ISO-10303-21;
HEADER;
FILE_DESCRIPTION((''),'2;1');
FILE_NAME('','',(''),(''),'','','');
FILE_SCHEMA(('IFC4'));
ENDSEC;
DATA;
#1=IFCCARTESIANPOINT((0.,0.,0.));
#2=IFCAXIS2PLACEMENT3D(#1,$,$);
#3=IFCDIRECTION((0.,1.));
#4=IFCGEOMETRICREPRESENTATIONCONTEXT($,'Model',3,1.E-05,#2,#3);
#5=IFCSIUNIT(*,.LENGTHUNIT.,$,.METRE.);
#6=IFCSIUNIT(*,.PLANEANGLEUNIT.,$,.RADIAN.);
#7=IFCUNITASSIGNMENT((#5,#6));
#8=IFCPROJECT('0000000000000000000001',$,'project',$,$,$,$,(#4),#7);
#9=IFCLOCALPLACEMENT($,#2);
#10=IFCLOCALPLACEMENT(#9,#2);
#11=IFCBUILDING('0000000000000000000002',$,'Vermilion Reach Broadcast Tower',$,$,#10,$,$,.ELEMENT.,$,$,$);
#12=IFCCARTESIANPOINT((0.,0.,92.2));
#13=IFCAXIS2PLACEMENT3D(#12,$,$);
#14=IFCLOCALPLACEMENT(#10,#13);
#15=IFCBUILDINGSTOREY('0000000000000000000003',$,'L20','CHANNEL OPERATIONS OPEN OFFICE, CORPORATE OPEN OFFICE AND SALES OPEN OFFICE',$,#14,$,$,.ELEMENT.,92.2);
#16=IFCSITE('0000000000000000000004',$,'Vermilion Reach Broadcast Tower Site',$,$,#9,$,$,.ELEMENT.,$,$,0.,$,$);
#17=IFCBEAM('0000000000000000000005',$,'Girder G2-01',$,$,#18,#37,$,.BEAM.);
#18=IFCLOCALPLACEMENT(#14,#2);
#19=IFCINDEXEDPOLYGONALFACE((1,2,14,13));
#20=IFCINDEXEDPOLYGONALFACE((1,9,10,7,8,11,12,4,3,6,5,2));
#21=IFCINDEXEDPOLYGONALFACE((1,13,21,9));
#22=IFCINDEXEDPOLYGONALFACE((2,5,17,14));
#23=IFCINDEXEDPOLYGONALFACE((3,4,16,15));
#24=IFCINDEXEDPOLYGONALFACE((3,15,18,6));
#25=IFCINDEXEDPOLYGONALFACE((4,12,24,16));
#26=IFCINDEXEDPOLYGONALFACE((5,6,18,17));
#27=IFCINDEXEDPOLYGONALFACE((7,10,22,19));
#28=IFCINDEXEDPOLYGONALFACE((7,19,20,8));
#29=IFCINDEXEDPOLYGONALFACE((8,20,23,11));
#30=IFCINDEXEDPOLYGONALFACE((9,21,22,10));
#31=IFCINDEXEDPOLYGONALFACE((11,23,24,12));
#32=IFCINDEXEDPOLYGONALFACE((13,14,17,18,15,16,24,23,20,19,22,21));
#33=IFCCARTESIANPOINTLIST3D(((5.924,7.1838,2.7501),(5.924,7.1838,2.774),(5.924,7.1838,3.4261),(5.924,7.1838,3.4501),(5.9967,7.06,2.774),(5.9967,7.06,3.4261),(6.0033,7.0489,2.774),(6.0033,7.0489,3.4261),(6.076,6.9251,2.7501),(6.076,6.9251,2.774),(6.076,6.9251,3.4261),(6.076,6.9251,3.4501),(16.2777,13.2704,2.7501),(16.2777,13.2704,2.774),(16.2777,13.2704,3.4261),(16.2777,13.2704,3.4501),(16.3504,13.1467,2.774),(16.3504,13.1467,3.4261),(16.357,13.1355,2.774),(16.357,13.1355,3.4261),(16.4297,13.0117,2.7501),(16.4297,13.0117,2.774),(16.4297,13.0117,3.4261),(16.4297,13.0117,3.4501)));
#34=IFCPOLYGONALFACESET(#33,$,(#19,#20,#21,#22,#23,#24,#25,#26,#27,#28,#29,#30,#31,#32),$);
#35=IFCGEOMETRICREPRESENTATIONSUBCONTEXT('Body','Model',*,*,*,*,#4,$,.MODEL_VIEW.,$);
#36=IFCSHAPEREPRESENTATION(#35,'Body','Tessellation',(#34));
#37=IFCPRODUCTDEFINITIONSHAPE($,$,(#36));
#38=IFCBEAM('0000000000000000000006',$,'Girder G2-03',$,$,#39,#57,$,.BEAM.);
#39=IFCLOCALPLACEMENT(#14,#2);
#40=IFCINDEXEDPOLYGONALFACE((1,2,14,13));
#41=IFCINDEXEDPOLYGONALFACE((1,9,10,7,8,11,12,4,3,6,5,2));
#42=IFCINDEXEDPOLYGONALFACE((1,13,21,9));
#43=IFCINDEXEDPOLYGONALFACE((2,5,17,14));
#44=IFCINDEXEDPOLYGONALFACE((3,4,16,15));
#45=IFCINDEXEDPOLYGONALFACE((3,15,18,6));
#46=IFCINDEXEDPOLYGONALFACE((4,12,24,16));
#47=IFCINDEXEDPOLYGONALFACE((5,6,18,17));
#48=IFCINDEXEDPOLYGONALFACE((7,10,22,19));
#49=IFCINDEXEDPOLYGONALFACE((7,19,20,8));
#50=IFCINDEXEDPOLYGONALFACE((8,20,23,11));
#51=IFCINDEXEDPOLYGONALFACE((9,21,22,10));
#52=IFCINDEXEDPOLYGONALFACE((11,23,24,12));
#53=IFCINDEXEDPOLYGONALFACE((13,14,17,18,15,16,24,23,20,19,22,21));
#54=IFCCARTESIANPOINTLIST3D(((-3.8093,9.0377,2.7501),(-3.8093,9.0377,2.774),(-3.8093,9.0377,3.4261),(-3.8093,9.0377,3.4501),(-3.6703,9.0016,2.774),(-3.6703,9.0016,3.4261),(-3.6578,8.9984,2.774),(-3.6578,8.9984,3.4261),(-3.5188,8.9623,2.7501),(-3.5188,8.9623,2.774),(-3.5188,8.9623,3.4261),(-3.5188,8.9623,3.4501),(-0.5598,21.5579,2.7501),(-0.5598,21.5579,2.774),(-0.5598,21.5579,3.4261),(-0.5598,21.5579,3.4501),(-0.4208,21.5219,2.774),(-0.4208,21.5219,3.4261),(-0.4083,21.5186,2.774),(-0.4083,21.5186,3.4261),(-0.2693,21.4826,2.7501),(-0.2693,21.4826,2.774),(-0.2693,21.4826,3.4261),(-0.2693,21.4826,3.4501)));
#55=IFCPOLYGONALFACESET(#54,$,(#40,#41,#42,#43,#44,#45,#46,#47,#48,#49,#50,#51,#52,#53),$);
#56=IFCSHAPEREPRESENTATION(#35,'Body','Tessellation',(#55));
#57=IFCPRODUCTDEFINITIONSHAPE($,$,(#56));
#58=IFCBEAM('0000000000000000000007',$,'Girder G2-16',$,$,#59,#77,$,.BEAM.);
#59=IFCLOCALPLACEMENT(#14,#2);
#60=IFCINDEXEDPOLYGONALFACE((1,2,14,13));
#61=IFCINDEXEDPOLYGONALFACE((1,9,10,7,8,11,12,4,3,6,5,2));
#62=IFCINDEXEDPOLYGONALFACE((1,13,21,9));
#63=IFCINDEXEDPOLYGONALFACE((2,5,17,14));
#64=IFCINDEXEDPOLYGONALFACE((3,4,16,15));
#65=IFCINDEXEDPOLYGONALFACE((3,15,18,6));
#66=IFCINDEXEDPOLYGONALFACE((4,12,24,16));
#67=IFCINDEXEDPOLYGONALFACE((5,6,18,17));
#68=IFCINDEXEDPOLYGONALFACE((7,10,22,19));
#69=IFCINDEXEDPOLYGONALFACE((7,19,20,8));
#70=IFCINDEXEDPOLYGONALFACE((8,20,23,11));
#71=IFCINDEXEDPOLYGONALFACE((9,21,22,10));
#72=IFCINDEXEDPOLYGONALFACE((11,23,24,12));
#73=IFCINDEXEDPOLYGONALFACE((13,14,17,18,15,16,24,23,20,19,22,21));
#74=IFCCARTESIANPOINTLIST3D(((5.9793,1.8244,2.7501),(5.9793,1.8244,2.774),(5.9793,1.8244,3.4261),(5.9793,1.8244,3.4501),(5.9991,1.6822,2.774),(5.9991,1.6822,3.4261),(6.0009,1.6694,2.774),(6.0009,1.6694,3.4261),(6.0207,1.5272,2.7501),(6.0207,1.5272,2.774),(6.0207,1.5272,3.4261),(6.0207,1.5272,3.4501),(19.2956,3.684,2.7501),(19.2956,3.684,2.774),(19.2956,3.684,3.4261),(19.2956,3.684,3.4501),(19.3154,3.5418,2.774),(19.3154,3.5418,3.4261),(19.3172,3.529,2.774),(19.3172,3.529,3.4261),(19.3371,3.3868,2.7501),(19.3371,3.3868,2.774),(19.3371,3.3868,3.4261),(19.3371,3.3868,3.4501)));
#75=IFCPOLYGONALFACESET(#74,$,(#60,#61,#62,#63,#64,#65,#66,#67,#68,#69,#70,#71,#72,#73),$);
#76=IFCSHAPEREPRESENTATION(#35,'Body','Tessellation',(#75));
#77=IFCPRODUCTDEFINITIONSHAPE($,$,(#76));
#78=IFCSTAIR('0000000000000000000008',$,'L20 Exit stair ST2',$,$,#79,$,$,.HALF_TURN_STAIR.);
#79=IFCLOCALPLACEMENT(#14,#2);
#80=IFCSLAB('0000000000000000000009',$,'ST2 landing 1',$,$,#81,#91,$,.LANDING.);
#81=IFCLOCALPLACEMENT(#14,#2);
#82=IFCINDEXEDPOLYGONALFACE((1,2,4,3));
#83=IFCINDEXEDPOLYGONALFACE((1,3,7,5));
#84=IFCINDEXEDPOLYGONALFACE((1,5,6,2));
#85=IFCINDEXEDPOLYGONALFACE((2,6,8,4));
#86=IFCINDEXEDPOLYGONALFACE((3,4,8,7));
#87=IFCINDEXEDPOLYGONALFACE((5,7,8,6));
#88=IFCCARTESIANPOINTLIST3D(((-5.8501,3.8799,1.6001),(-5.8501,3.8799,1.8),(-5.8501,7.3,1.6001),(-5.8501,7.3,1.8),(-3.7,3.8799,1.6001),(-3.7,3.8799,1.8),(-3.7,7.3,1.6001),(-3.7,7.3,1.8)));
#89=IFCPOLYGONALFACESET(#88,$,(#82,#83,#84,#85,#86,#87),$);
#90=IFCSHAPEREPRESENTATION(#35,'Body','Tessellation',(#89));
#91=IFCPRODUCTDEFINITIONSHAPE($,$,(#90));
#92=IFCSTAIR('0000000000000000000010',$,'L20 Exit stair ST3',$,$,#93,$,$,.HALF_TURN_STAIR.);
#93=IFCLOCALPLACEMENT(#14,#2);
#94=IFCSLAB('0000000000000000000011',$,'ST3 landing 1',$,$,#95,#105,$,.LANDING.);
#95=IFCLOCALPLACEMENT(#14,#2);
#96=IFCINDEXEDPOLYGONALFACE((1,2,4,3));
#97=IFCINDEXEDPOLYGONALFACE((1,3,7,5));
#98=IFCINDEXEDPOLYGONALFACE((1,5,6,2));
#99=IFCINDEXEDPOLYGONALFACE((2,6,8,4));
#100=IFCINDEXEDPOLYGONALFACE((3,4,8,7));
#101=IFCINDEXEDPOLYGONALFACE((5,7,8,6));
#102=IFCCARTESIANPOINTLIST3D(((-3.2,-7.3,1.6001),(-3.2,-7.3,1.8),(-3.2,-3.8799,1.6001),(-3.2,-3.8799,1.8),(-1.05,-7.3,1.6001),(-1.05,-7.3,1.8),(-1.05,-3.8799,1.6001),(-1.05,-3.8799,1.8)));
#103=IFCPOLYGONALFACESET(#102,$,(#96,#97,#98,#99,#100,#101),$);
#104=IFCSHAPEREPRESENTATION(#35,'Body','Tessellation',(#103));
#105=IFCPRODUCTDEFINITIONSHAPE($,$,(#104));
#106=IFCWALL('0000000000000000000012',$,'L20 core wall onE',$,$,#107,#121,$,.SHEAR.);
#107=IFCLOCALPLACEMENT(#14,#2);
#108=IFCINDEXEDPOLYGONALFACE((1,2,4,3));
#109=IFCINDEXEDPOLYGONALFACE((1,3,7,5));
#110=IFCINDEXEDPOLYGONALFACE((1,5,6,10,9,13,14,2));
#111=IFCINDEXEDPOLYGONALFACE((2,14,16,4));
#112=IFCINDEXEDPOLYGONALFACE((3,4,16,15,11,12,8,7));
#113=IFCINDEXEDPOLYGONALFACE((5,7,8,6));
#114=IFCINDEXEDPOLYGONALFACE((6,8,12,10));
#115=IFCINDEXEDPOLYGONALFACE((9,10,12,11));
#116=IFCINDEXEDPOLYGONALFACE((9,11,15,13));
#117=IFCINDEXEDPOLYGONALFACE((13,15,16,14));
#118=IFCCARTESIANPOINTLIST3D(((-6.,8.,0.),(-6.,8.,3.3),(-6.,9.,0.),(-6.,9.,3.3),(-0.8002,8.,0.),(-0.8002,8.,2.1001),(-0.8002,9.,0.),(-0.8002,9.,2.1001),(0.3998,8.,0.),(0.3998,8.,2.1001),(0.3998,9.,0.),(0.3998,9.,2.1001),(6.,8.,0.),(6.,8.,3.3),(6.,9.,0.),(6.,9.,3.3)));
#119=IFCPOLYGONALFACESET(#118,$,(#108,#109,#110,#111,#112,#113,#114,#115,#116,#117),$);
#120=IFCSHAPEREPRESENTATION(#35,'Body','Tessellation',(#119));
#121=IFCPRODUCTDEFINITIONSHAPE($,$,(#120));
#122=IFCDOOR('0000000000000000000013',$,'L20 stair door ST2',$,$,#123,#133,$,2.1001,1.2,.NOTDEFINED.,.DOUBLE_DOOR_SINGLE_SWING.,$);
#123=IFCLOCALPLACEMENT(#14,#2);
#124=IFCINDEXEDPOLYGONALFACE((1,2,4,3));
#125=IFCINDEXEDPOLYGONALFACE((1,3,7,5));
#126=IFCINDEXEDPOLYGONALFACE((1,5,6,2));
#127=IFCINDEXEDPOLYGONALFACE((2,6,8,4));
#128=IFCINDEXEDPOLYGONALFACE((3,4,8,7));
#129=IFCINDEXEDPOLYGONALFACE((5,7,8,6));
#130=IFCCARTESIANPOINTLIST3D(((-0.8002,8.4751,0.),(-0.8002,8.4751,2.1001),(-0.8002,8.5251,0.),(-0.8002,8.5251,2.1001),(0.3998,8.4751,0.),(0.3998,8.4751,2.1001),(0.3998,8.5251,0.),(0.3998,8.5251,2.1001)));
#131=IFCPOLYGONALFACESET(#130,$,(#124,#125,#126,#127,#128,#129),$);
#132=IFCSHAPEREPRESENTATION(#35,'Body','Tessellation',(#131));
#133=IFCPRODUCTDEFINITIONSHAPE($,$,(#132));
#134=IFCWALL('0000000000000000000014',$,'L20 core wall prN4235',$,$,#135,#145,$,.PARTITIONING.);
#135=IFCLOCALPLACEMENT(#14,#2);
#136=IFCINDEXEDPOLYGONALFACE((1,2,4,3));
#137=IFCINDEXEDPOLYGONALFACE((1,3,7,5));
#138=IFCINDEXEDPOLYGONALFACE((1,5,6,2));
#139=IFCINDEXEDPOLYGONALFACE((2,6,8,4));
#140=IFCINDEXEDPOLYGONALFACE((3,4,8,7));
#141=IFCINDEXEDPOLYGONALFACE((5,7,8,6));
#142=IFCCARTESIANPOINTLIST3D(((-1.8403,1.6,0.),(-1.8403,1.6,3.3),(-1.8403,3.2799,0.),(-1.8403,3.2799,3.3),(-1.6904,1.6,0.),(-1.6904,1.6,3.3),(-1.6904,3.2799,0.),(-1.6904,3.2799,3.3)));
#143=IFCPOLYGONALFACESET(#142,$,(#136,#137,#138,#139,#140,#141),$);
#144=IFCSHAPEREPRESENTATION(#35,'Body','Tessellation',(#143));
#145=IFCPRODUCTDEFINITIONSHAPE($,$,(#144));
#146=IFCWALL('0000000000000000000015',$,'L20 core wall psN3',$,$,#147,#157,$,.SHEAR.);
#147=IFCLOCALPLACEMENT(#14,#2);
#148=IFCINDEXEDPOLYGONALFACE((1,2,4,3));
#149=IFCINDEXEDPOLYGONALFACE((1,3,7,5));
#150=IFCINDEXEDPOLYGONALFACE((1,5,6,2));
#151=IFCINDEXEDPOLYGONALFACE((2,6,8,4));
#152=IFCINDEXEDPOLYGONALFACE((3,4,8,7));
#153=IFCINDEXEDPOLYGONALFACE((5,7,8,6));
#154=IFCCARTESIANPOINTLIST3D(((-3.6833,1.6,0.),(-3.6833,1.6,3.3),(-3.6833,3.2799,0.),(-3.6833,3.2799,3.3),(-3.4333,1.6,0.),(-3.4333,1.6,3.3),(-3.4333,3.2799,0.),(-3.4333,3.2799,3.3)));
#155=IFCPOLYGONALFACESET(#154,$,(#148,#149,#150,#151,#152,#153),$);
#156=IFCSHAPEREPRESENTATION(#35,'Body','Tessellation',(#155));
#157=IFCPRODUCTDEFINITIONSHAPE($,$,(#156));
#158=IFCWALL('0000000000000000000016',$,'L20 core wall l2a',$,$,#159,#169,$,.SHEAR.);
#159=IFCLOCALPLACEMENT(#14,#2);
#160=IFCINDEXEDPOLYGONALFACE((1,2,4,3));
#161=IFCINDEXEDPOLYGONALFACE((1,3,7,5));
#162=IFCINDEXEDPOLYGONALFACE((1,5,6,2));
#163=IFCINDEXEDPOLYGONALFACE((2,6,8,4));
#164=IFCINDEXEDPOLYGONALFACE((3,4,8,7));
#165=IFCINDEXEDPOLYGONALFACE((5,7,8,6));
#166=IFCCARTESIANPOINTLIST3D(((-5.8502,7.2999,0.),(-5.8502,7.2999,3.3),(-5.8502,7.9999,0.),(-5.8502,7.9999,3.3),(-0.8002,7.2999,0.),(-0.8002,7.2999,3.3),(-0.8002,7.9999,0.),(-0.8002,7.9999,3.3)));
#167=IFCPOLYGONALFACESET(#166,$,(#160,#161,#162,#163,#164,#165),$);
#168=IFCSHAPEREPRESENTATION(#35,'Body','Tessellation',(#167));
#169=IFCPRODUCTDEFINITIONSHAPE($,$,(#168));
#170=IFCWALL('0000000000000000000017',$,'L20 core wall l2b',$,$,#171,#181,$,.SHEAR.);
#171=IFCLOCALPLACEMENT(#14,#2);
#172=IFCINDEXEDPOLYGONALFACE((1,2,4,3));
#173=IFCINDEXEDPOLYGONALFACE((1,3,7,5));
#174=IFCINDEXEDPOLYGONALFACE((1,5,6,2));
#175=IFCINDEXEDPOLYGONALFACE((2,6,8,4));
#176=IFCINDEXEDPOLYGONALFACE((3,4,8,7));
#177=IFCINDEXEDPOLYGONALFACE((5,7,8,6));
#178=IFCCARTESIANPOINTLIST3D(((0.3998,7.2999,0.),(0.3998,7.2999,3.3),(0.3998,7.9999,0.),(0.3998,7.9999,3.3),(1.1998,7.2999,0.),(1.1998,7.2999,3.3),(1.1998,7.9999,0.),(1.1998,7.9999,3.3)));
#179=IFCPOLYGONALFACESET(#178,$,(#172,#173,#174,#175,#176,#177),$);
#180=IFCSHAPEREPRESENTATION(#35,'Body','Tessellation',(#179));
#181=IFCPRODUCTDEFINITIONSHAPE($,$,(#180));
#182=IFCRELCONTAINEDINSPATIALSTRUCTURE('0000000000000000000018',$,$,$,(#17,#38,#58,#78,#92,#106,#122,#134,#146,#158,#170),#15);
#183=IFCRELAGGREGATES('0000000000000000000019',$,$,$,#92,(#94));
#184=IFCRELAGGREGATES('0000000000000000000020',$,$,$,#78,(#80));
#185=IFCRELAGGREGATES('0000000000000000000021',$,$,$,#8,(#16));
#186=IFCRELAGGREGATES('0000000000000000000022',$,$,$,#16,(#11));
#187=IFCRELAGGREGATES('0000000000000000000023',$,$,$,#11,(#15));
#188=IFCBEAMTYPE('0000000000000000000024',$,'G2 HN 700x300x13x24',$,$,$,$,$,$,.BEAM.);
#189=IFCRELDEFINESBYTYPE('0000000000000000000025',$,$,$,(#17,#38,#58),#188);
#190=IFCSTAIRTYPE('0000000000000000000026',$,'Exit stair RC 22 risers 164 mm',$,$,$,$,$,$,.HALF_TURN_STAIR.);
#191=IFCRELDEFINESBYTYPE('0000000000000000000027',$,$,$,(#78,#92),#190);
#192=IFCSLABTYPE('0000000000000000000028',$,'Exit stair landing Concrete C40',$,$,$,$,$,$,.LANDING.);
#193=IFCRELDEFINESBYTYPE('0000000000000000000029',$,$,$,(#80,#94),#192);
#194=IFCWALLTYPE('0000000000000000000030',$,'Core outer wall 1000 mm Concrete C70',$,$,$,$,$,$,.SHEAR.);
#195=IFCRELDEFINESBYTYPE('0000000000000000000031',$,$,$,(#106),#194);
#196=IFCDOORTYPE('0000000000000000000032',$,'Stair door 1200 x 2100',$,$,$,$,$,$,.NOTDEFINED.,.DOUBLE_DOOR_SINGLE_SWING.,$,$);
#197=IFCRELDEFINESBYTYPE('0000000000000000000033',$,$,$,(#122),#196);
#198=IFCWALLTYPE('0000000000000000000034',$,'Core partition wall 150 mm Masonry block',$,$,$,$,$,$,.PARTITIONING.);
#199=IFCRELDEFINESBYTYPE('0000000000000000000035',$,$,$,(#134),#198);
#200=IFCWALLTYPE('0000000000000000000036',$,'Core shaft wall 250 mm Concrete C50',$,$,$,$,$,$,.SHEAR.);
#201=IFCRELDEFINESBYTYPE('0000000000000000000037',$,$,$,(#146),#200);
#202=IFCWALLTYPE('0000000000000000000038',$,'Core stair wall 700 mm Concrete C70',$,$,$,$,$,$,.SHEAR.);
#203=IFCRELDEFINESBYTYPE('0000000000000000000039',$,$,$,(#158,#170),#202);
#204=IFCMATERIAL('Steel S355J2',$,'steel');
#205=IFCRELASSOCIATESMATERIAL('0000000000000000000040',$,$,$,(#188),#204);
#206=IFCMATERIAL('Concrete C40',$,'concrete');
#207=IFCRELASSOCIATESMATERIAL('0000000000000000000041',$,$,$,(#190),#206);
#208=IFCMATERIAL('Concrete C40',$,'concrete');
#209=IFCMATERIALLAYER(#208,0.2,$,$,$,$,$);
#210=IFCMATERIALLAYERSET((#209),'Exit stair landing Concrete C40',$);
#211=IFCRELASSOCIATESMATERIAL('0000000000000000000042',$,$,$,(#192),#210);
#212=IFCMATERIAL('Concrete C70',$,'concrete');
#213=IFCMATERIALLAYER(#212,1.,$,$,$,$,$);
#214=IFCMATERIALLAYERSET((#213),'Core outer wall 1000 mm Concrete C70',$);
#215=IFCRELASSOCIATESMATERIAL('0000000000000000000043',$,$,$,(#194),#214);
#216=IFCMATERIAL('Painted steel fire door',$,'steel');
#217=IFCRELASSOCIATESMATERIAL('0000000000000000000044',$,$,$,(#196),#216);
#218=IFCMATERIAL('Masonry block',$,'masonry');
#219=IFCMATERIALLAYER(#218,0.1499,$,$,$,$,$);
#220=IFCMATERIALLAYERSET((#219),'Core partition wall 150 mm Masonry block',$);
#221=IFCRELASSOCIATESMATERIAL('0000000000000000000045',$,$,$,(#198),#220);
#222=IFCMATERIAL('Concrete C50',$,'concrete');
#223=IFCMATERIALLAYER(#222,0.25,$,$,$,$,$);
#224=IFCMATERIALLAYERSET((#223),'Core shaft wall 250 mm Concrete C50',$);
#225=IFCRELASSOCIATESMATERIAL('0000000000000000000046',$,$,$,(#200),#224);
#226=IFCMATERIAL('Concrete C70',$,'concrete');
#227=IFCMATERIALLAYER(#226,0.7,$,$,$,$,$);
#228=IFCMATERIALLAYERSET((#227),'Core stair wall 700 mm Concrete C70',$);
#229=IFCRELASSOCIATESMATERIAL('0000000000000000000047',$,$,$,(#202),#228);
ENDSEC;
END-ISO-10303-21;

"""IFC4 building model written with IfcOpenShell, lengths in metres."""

from ifc_helpers import new_model, si_unit, direction, frame, frame_2d, origin, origin_2d, place, context, subcontext, project, spatial, polyline, rectangle, i_section, outline, extrude, material, layer, layer_set, material_profile, profile_set, type_object, element, fill, aggregate, save


model = new_model("IFC4")

# Units and contexts
model_context = context("Model", 3, precision=1e-05, world=origin(), true_north=direction((0.0, 1.0)))
body_context = subcontext(model_context, "Body", "Model", "MODEL_VIEW")
ifc_project = project(units=[si_unit("LENGTHUNIT", "METRE"), si_unit("PLANEANGLEUNIT", "RADIAN")], contexts=[model_context])

# Site, building, storey
site_placement = place(None, origin())
site = spatial("IfcSite", under=ifc_project, at=site_placement, Name="Vermilion Reach Broadcast Tower Site", CompositionType="ELEMENT", RefElevation=0.0)
building_placement = place(site_placement, origin())
building = spatial("IfcBuilding", under=site, at=building_placement, Name="Vermilion Reach Broadcast Tower", CompositionType="ELEMENT")
storey_placement = place(building_placement, frame((0.0, 0.0, 92.2)))
storey = spatial("IfcBuildingStorey", under=building, at=storey_placement, Name="L20", Description="CHANNEL OPERATIONS OPEN OFFICE, CORPORATE OPEN OFFICE AND SALES OPEN OFFICE", CompositionType="ELEMENT", Elevation=92.2)

# Beams
ifc_material_1 = material(Name="Steel S355J2", Category="steel")
ifc_material_profile = material_profile(ifc_material_1, i_section(OverallWidth=0.3, OverallDepth=0.7, WebThickness=0.0129, FlangeThickness=0.0239, at=origin_2d()), Name="S355J2 HN 700x300x13x24")
ifc_profile_set = profile_set([ifc_material_profile], Name="Steel S355J2")
beam_type = type_object("IfcBeamType", Name="G2 HN 700x300x13x24", PredefinedType="BEAM", material=ifc_profile_set)
beam_1_placement = place(storey_placement, frame((6.0, 7.0544, 3.1001), z_axis=(0.862072, 0.506786, 0.0), x_axis=(-0.506786, 0.862072, 0.0)))
element("IfcBeam", 1, at=beam_1_placement, inside=storey, type_object=beam_type, Name="Girder G2-01", PredefinedType="BEAM", context=body_context, shape_type="SweptSolid", body=[
    extrude(i_section(OverallWidth=0.3, OverallDepth=0.7, WebThickness=0.0129, FlangeThickness=0.0239, at=origin_2d()), origin(), (0.0, 0.0, 1.0), 12.0103),
])
beam_2_placement = place(storey_placement, frame((-3.6641, 9.0, 3.1001), z_axis=(0.251217, 0.967931, 0.0), x_axis=(-0.967931, 0.251217, 0.0)))
element("IfcBeam", 2, at=beam_2_placement, inside=storey, type_object=beam_type, Name="Girder G2-03", PredefinedType="BEAM", context=body_context, shape_type="SweptSolid", body=[
    extrude(i_section(OverallWidth=0.3, OverallDepth=0.7, WebThickness=0.0129, FlangeThickness=0.0239, at=origin_2d()), origin(), (0.0, 0.0, 1.0), 12.9351),
])
beam_3_placement = place(storey_placement, frame((6.0, 1.6758, 3.1001), z_axis=(0.990389, 0.138307, 0.0), x_axis=(-0.138307, 0.990389, 0.0)))
element("IfcBeam", 3, at=beam_3_placement, inside=storey, type_object=beam_type, Name="Girder G2-16", PredefinedType="BEAM", context=body_context, shape_type="SweptSolid", body=[
    extrude(i_section(OverallWidth=0.3, OverallDepth=0.7, WebThickness=0.0129, FlangeThickness=0.0239, at=origin_2d()), origin(), (0.0, 0.0, 1.0), 13.4456),
])

# Stairs, slabs
ifc_material_2 = material(Name="Concrete C40", Category="concrete")
stair_type = type_object("IfcStairType", Name="Exit stair RC 22 risers 164 mm", PredefinedType="HALF_TURN_STAIR", material=ifc_material_2)
placement_1 = place(storey_placement, origin())
stair_1 = element("IfcStair", 4, at=placement_1, inside=storey, type_object=stair_type, Name="L20 Exit stair ST2", PredefinedType="HALF_TURN_STAIR")
ifc_material_3 = material(Name="Concrete C40", Category="concrete")
ifc_layer_1 = layer(ifc_material_3, 0.2)
ifc_layer_set_1 = layer_set([ifc_layer_1], Name="Exit stair landing Concrete C40")
slab_type = type_object("IfcSlabType", Name="Exit stair landing Concrete C40", PredefinedType="LANDING", material=ifc_layer_set_1)
placement_2 = place(storey_placement, frame((0.0, 0.0, 1.6001)))
slab_1 = element("IfcSlab", 5, at=placement_2, type_object=slab_type, Name="ST2 landing 1", PredefinedType="LANDING", context=body_context, shape_type="SweptSolid", body=[
    extrude(outline(polyline([(-3.7, 7.3), (-5.8501, 7.3), (-5.8501, 3.8799), (-3.7, 3.8799), (-3.7, 7.3)])), origin(), (0.0, 0.0, 1.0), 0.2),
])
stair_2 = element("IfcStair", 6, at=placement_1, inside=storey, type_object=stair_type, Name="L20 Exit stair ST3", PredefinedType="HALF_TURN_STAIR")
slab_2 = element("IfcSlab", 7, at=placement_2, type_object=slab_type, Name="ST3 landing 1", PredefinedType="LANDING", context=body_context, shape_type="SweptSolid", body=[
    extrude(outline(polyline([(-3.2, -7.3), (-1.05, -7.3), (-1.05, -3.8799), (-3.2, -3.8799), (-3.2, -7.3)])), origin(), (0.0, 0.0, 1.0), 0.2),
])
aggregate(stair_2, [slab_2])

# Wall, opening, door
ifc_material_4 = material(Name="Concrete C70", Category="concrete")
ifc_layer_2 = layer(ifc_material_4, 1.0)
ifc_layer_set_2 = layer_set([ifc_layer_2], Name="Core outer wall 1000 mm Concrete C70")
wall_type_1 = type_object("IfcWallType", Name="Core outer wall 1000 mm Concrete C70", PredefinedType="SHEAR", material=ifc_layer_set_2)
wall_1_placement = place(storey_placement, frame((6.0, 8.5, 0.0), z_axis=(0.0, 0.0, 1.0), x_axis=(-1.0, 0.0, 0.0)))
wall_1 = element("IfcWall", 8, at=wall_1_placement, inside=storey, type_object=wall_type_1, Name="L20 core wall onE", PredefinedType="SHEAR", context=body_context, shape_type="SweptSolid", body=[
    extrude(rectangle(XDim=12.0, YDim=1.0, at=frame_2d((6.0, 0.0))), origin(), (0.0, 0.0, 1.0), 3.3),
])
opening_placement = place(wall_1_placement, frame((5.6001, 0.0, 0.0)))
opening = element("IfcOpeningElement", 9, at=opening_placement, cuts=wall_1, PredefinedType="OPENING", context=body_context, shape_type="SweptSolid", body=[
    extrude(rectangle(XDim=1.2, YDim=2.1001, at=frame_2d((0.6001, 1.05))), frame((0.0, 0.51, 0.0), z_axis=(0.0, -1.0, 0.0), x_axis=(1.0, 0.0, 0.0)), (0.0, 0.0, 1.0), 1.02),
])
ifc_material_5 = material(Name="Painted steel fire door", Category="steel")
door_type = type_object("IfcDoorType", Name="Stair door 1200 x 2100", OperationType="DOUBLE_DOOR_SINGLE_SWING", PredefinedType="NOTDEFINED", material=ifc_material_5)
door_placement = place(opening_placement, origin())
door = element("IfcDoor", 10, at=door_placement, inside=storey, type_object=door_type, Name="L20 stair door ST2", OperationType="DOUBLE_DOOR_SINGLE_SWING", OverallHeight=2.1001, OverallWidth=1.2, PredefinedType="NOTDEFINED", context=body_context, shape_type="SweptSolid", body=[
    extrude(rectangle(XDim=1.2, YDim=2.1001, at=frame_2d((0.6001, 1.05))), frame((0.0, 0.0249, 0.0), z_axis=(0.0, -1.0, 0.0), x_axis=(1.0, 0.0, 0.0)), (0.0, 0.0, 1.0), 0.05),
])
fill(opening, door)

# Walls
ifc_material_6 = material(Name="Masonry block", Category="masonry")
ifc_layer_3 = layer(ifc_material_6, 0.1499)
ifc_layer_set_3 = layer_set([ifc_layer_3], Name="Core partition wall 150 mm Masonry block")
wall_type_2 = type_object("IfcWallType", Name="Core partition wall 150 mm Masonry block", PredefinedType="PARTITIONING", material=ifc_layer_set_3)
wall_2_placement = place(storey_placement, frame((-1.7654, 1.6001, 0.0), z_axis=(0.0, 0.0, 1.0), x_axis=(0.0, 1.0, 0.0)))
element("IfcWall", 11, at=wall_2_placement, inside=storey, type_object=wall_type_2, Name="L20 core wall prN4235", PredefinedType="PARTITIONING", context=body_context, shape_type="SweptSolid", body=[
    extrude(rectangle(XDim=1.6799, YDim=0.1499, at=frame_2d((0.8398, 0.0))), origin(), (0.0, 0.0, 1.0), 3.3),
])
ifc_material_7 = material(Name="Concrete C50", Category="concrete")
ifc_layer_4 = layer(ifc_material_7, 0.25)
ifc_layer_set_4 = layer_set([ifc_layer_4], Name="Core shaft wall 250 mm Concrete C50")
wall_type_3 = type_object("IfcWallType", Name="Core shaft wall 250 mm Concrete C50", PredefinedType="SHEAR", material=ifc_layer_set_4)
wall_3_placement = place(storey_placement, frame((-3.5583, 1.6001, 0.0), z_axis=(0.0, 0.0, 1.0), x_axis=(0.0, 1.0, 0.0)))
element("IfcWall", 12, at=wall_3_placement, inside=storey, type_object=wall_type_3, Name="L20 core wall psN3", PredefinedType="SHEAR", context=body_context, shape_type="SweptSolid", body=[
    extrude(rectangle(XDim=1.6799, YDim=0.25, at=frame_2d((0.8398, 0.0))), origin(), (0.0, 0.0, 1.0), 3.3),
])
ifc_material_8 = material(Name="Concrete C70", Category="concrete")
ifc_layer_5 = layer(ifc_material_8, 0.7)
ifc_layer_set_5 = layer_set([ifc_layer_5], Name="Core stair wall 700 mm Concrete C70")
wall_type_4 = type_object("IfcWallType", Name="Core stair wall 700 mm Concrete C70", PredefinedType="SHEAR", material=ifc_layer_set_5)
wall_4_placement = place(storey_placement, frame((-5.8501, 7.6499, 0.0), z_axis=(0.0, 0.0, 1.0), x_axis=(1.0, 0.0, 0.0)))
element("IfcWall", 13, at=wall_4_placement, inside=storey, type_object=wall_type_4, Name="L20 core wall l2a", PredefinedType="SHEAR", context=body_context, shape_type="SweptSolid", body=[
    extrude(rectangle(XDim=5.05, YDim=0.7, at=frame_2d((2.5249, 0.0))), origin(), (0.0, 0.0, 1.0), 3.3),
])
wall_5_placement = place(storey_placement, frame((0.3999, 7.6499, 0.0), z_axis=(0.0, 0.0, 1.0), x_axis=(1.0, 0.0, 0.0)))
element("IfcWall", 14, at=wall_5_placement, inside=storey, type_object=wall_type_4, Name="L20 core wall l2b", PredefinedType="SHEAR", context=body_context, shape_type="SweptSolid", body=[
    extrude(rectangle(XDim=0.8, YDim=0.7, at=frame_2d((0.3999, 0.0))), origin(), (0.0, 0.0, 1.0), 3.3),
])

aggregate(stair_1, [slab_1])

save(model, "model.ifc")
